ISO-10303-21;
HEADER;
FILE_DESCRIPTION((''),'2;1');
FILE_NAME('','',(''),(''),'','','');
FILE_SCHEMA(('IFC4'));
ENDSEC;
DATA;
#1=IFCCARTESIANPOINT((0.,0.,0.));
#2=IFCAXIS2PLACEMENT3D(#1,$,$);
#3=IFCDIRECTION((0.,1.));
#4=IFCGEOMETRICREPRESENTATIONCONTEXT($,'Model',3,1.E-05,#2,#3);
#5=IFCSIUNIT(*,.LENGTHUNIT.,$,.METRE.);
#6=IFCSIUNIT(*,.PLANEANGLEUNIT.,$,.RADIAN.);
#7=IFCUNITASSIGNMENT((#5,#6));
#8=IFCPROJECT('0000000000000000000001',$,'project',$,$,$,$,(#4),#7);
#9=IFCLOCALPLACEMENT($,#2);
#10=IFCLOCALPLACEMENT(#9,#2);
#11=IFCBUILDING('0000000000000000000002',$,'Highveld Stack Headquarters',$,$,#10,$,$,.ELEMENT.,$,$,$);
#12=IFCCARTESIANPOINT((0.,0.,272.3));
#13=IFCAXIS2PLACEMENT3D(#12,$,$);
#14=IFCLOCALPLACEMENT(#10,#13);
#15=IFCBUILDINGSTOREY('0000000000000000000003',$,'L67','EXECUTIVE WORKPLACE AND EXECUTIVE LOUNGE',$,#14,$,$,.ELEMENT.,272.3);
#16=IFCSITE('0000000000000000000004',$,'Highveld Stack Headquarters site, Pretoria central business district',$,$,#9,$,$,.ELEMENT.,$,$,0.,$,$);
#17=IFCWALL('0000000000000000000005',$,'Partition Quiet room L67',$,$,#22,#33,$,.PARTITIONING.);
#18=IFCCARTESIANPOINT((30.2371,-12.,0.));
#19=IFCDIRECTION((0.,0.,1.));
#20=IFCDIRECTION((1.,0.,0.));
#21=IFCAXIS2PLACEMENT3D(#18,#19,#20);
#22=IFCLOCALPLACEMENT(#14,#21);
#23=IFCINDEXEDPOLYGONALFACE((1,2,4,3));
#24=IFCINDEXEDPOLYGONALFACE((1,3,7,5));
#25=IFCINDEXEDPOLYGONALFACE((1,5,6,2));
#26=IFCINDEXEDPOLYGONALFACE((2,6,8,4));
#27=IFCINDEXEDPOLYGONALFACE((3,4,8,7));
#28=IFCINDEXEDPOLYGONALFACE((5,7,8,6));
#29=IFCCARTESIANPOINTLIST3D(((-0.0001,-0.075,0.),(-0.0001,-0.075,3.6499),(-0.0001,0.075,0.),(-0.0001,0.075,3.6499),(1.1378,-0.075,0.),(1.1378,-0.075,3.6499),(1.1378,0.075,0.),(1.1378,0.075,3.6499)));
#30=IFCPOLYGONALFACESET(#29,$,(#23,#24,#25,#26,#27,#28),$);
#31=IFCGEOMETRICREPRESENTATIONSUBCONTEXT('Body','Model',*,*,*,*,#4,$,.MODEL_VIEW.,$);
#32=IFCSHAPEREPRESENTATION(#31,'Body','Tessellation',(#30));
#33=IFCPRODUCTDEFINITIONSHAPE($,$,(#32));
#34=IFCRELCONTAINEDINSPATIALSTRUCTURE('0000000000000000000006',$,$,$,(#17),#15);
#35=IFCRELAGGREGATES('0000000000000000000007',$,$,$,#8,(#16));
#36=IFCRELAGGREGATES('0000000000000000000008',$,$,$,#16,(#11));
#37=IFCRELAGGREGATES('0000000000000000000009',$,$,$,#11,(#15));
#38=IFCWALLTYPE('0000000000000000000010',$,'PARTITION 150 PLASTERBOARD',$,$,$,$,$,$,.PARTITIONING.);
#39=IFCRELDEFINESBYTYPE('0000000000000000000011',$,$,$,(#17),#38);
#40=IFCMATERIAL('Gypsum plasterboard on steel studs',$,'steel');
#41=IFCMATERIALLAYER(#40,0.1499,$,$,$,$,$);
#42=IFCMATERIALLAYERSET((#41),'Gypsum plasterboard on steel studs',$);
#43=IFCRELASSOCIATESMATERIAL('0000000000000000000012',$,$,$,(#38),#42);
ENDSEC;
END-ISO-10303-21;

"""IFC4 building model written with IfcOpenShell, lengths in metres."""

from ifc_helpers import new_model, si_unit, direction, frame, frame_2d, origin, place, context, subcontext, project, spatial, rectangle, extrude, material, layer, layer_set, type_object, element, save


model = new_model("IFC4")

# Units and contexts
model_context = context("Model", 3, precision=1e-05, world=origin(), true_north=direction((0.0, 1.0)))
body_context = subcontext(model_context, "Body", "Model", "MODEL_VIEW")
ifc_project = project(units=[si_unit("LENGTHUNIT", "METRE"), si_unit("PLANEANGLEUNIT", "RADIAN")], contexts=[model_context])

# Site, building, storey
site_placement = place(None, origin())
site = spatial("IfcSite", under=ifc_project, at=site_placement, Name="Highveld Stack Headquarters site, Pretoria central business district", CompositionType="ELEMENT", RefElevation=0.0)
building_placement = place(site_placement, origin())
building = spatial("IfcBuilding", under=site, at=building_placement, Name="Highveld Stack Headquarters", CompositionType="ELEMENT")
storey_placement = place(building_placement, frame((0.0, 0.0, 272.3)))
storey = spatial("IfcBuildingStorey", under=building, at=storey_placement, Name="L67", Description="EXECUTIVE WORKPLACE AND EXECUTIVE LOUNGE", CompositionType="ELEMENT", Elevation=272.3)

# Wall
ifc_material_1 = material(Name="Gypsum plasterboard on steel studs", Category="steel")
ifc_layer_1 = layer(ifc_material_1, 0.1499)
ifc_layer_set_1 = layer_set([ifc_layer_1], Name="Gypsum plasterboard on steel studs")
wall_type = type_object("IfcWallType", Name="PARTITION 150 PLASTERBOARD", PredefinedType="PARTITIONING", material=ifc_layer_set_1)
wall_1_placement = place(storey_placement, frame((30.2371, -12.0, 0.0), z_axis=(0.0, 0.0, 1.0), x_axis=(1.0, 0.0, 0.0)))
element("IfcWall", 1, at=wall_1_placement, inside=storey, type_object=wall_type, Name="Partition Quiet room L67", PredefinedType="PARTITIONING", context=body_context, shape_type="SweptSolid", body=[
    extrude(rectangle(XDim=1.1379, YDim=0.1499, at=frame_2d((0.5688, 0.0))), origin(), (0.0, 0.0, 1.0), 3.6499),
])

save(model, "model.ifc")
